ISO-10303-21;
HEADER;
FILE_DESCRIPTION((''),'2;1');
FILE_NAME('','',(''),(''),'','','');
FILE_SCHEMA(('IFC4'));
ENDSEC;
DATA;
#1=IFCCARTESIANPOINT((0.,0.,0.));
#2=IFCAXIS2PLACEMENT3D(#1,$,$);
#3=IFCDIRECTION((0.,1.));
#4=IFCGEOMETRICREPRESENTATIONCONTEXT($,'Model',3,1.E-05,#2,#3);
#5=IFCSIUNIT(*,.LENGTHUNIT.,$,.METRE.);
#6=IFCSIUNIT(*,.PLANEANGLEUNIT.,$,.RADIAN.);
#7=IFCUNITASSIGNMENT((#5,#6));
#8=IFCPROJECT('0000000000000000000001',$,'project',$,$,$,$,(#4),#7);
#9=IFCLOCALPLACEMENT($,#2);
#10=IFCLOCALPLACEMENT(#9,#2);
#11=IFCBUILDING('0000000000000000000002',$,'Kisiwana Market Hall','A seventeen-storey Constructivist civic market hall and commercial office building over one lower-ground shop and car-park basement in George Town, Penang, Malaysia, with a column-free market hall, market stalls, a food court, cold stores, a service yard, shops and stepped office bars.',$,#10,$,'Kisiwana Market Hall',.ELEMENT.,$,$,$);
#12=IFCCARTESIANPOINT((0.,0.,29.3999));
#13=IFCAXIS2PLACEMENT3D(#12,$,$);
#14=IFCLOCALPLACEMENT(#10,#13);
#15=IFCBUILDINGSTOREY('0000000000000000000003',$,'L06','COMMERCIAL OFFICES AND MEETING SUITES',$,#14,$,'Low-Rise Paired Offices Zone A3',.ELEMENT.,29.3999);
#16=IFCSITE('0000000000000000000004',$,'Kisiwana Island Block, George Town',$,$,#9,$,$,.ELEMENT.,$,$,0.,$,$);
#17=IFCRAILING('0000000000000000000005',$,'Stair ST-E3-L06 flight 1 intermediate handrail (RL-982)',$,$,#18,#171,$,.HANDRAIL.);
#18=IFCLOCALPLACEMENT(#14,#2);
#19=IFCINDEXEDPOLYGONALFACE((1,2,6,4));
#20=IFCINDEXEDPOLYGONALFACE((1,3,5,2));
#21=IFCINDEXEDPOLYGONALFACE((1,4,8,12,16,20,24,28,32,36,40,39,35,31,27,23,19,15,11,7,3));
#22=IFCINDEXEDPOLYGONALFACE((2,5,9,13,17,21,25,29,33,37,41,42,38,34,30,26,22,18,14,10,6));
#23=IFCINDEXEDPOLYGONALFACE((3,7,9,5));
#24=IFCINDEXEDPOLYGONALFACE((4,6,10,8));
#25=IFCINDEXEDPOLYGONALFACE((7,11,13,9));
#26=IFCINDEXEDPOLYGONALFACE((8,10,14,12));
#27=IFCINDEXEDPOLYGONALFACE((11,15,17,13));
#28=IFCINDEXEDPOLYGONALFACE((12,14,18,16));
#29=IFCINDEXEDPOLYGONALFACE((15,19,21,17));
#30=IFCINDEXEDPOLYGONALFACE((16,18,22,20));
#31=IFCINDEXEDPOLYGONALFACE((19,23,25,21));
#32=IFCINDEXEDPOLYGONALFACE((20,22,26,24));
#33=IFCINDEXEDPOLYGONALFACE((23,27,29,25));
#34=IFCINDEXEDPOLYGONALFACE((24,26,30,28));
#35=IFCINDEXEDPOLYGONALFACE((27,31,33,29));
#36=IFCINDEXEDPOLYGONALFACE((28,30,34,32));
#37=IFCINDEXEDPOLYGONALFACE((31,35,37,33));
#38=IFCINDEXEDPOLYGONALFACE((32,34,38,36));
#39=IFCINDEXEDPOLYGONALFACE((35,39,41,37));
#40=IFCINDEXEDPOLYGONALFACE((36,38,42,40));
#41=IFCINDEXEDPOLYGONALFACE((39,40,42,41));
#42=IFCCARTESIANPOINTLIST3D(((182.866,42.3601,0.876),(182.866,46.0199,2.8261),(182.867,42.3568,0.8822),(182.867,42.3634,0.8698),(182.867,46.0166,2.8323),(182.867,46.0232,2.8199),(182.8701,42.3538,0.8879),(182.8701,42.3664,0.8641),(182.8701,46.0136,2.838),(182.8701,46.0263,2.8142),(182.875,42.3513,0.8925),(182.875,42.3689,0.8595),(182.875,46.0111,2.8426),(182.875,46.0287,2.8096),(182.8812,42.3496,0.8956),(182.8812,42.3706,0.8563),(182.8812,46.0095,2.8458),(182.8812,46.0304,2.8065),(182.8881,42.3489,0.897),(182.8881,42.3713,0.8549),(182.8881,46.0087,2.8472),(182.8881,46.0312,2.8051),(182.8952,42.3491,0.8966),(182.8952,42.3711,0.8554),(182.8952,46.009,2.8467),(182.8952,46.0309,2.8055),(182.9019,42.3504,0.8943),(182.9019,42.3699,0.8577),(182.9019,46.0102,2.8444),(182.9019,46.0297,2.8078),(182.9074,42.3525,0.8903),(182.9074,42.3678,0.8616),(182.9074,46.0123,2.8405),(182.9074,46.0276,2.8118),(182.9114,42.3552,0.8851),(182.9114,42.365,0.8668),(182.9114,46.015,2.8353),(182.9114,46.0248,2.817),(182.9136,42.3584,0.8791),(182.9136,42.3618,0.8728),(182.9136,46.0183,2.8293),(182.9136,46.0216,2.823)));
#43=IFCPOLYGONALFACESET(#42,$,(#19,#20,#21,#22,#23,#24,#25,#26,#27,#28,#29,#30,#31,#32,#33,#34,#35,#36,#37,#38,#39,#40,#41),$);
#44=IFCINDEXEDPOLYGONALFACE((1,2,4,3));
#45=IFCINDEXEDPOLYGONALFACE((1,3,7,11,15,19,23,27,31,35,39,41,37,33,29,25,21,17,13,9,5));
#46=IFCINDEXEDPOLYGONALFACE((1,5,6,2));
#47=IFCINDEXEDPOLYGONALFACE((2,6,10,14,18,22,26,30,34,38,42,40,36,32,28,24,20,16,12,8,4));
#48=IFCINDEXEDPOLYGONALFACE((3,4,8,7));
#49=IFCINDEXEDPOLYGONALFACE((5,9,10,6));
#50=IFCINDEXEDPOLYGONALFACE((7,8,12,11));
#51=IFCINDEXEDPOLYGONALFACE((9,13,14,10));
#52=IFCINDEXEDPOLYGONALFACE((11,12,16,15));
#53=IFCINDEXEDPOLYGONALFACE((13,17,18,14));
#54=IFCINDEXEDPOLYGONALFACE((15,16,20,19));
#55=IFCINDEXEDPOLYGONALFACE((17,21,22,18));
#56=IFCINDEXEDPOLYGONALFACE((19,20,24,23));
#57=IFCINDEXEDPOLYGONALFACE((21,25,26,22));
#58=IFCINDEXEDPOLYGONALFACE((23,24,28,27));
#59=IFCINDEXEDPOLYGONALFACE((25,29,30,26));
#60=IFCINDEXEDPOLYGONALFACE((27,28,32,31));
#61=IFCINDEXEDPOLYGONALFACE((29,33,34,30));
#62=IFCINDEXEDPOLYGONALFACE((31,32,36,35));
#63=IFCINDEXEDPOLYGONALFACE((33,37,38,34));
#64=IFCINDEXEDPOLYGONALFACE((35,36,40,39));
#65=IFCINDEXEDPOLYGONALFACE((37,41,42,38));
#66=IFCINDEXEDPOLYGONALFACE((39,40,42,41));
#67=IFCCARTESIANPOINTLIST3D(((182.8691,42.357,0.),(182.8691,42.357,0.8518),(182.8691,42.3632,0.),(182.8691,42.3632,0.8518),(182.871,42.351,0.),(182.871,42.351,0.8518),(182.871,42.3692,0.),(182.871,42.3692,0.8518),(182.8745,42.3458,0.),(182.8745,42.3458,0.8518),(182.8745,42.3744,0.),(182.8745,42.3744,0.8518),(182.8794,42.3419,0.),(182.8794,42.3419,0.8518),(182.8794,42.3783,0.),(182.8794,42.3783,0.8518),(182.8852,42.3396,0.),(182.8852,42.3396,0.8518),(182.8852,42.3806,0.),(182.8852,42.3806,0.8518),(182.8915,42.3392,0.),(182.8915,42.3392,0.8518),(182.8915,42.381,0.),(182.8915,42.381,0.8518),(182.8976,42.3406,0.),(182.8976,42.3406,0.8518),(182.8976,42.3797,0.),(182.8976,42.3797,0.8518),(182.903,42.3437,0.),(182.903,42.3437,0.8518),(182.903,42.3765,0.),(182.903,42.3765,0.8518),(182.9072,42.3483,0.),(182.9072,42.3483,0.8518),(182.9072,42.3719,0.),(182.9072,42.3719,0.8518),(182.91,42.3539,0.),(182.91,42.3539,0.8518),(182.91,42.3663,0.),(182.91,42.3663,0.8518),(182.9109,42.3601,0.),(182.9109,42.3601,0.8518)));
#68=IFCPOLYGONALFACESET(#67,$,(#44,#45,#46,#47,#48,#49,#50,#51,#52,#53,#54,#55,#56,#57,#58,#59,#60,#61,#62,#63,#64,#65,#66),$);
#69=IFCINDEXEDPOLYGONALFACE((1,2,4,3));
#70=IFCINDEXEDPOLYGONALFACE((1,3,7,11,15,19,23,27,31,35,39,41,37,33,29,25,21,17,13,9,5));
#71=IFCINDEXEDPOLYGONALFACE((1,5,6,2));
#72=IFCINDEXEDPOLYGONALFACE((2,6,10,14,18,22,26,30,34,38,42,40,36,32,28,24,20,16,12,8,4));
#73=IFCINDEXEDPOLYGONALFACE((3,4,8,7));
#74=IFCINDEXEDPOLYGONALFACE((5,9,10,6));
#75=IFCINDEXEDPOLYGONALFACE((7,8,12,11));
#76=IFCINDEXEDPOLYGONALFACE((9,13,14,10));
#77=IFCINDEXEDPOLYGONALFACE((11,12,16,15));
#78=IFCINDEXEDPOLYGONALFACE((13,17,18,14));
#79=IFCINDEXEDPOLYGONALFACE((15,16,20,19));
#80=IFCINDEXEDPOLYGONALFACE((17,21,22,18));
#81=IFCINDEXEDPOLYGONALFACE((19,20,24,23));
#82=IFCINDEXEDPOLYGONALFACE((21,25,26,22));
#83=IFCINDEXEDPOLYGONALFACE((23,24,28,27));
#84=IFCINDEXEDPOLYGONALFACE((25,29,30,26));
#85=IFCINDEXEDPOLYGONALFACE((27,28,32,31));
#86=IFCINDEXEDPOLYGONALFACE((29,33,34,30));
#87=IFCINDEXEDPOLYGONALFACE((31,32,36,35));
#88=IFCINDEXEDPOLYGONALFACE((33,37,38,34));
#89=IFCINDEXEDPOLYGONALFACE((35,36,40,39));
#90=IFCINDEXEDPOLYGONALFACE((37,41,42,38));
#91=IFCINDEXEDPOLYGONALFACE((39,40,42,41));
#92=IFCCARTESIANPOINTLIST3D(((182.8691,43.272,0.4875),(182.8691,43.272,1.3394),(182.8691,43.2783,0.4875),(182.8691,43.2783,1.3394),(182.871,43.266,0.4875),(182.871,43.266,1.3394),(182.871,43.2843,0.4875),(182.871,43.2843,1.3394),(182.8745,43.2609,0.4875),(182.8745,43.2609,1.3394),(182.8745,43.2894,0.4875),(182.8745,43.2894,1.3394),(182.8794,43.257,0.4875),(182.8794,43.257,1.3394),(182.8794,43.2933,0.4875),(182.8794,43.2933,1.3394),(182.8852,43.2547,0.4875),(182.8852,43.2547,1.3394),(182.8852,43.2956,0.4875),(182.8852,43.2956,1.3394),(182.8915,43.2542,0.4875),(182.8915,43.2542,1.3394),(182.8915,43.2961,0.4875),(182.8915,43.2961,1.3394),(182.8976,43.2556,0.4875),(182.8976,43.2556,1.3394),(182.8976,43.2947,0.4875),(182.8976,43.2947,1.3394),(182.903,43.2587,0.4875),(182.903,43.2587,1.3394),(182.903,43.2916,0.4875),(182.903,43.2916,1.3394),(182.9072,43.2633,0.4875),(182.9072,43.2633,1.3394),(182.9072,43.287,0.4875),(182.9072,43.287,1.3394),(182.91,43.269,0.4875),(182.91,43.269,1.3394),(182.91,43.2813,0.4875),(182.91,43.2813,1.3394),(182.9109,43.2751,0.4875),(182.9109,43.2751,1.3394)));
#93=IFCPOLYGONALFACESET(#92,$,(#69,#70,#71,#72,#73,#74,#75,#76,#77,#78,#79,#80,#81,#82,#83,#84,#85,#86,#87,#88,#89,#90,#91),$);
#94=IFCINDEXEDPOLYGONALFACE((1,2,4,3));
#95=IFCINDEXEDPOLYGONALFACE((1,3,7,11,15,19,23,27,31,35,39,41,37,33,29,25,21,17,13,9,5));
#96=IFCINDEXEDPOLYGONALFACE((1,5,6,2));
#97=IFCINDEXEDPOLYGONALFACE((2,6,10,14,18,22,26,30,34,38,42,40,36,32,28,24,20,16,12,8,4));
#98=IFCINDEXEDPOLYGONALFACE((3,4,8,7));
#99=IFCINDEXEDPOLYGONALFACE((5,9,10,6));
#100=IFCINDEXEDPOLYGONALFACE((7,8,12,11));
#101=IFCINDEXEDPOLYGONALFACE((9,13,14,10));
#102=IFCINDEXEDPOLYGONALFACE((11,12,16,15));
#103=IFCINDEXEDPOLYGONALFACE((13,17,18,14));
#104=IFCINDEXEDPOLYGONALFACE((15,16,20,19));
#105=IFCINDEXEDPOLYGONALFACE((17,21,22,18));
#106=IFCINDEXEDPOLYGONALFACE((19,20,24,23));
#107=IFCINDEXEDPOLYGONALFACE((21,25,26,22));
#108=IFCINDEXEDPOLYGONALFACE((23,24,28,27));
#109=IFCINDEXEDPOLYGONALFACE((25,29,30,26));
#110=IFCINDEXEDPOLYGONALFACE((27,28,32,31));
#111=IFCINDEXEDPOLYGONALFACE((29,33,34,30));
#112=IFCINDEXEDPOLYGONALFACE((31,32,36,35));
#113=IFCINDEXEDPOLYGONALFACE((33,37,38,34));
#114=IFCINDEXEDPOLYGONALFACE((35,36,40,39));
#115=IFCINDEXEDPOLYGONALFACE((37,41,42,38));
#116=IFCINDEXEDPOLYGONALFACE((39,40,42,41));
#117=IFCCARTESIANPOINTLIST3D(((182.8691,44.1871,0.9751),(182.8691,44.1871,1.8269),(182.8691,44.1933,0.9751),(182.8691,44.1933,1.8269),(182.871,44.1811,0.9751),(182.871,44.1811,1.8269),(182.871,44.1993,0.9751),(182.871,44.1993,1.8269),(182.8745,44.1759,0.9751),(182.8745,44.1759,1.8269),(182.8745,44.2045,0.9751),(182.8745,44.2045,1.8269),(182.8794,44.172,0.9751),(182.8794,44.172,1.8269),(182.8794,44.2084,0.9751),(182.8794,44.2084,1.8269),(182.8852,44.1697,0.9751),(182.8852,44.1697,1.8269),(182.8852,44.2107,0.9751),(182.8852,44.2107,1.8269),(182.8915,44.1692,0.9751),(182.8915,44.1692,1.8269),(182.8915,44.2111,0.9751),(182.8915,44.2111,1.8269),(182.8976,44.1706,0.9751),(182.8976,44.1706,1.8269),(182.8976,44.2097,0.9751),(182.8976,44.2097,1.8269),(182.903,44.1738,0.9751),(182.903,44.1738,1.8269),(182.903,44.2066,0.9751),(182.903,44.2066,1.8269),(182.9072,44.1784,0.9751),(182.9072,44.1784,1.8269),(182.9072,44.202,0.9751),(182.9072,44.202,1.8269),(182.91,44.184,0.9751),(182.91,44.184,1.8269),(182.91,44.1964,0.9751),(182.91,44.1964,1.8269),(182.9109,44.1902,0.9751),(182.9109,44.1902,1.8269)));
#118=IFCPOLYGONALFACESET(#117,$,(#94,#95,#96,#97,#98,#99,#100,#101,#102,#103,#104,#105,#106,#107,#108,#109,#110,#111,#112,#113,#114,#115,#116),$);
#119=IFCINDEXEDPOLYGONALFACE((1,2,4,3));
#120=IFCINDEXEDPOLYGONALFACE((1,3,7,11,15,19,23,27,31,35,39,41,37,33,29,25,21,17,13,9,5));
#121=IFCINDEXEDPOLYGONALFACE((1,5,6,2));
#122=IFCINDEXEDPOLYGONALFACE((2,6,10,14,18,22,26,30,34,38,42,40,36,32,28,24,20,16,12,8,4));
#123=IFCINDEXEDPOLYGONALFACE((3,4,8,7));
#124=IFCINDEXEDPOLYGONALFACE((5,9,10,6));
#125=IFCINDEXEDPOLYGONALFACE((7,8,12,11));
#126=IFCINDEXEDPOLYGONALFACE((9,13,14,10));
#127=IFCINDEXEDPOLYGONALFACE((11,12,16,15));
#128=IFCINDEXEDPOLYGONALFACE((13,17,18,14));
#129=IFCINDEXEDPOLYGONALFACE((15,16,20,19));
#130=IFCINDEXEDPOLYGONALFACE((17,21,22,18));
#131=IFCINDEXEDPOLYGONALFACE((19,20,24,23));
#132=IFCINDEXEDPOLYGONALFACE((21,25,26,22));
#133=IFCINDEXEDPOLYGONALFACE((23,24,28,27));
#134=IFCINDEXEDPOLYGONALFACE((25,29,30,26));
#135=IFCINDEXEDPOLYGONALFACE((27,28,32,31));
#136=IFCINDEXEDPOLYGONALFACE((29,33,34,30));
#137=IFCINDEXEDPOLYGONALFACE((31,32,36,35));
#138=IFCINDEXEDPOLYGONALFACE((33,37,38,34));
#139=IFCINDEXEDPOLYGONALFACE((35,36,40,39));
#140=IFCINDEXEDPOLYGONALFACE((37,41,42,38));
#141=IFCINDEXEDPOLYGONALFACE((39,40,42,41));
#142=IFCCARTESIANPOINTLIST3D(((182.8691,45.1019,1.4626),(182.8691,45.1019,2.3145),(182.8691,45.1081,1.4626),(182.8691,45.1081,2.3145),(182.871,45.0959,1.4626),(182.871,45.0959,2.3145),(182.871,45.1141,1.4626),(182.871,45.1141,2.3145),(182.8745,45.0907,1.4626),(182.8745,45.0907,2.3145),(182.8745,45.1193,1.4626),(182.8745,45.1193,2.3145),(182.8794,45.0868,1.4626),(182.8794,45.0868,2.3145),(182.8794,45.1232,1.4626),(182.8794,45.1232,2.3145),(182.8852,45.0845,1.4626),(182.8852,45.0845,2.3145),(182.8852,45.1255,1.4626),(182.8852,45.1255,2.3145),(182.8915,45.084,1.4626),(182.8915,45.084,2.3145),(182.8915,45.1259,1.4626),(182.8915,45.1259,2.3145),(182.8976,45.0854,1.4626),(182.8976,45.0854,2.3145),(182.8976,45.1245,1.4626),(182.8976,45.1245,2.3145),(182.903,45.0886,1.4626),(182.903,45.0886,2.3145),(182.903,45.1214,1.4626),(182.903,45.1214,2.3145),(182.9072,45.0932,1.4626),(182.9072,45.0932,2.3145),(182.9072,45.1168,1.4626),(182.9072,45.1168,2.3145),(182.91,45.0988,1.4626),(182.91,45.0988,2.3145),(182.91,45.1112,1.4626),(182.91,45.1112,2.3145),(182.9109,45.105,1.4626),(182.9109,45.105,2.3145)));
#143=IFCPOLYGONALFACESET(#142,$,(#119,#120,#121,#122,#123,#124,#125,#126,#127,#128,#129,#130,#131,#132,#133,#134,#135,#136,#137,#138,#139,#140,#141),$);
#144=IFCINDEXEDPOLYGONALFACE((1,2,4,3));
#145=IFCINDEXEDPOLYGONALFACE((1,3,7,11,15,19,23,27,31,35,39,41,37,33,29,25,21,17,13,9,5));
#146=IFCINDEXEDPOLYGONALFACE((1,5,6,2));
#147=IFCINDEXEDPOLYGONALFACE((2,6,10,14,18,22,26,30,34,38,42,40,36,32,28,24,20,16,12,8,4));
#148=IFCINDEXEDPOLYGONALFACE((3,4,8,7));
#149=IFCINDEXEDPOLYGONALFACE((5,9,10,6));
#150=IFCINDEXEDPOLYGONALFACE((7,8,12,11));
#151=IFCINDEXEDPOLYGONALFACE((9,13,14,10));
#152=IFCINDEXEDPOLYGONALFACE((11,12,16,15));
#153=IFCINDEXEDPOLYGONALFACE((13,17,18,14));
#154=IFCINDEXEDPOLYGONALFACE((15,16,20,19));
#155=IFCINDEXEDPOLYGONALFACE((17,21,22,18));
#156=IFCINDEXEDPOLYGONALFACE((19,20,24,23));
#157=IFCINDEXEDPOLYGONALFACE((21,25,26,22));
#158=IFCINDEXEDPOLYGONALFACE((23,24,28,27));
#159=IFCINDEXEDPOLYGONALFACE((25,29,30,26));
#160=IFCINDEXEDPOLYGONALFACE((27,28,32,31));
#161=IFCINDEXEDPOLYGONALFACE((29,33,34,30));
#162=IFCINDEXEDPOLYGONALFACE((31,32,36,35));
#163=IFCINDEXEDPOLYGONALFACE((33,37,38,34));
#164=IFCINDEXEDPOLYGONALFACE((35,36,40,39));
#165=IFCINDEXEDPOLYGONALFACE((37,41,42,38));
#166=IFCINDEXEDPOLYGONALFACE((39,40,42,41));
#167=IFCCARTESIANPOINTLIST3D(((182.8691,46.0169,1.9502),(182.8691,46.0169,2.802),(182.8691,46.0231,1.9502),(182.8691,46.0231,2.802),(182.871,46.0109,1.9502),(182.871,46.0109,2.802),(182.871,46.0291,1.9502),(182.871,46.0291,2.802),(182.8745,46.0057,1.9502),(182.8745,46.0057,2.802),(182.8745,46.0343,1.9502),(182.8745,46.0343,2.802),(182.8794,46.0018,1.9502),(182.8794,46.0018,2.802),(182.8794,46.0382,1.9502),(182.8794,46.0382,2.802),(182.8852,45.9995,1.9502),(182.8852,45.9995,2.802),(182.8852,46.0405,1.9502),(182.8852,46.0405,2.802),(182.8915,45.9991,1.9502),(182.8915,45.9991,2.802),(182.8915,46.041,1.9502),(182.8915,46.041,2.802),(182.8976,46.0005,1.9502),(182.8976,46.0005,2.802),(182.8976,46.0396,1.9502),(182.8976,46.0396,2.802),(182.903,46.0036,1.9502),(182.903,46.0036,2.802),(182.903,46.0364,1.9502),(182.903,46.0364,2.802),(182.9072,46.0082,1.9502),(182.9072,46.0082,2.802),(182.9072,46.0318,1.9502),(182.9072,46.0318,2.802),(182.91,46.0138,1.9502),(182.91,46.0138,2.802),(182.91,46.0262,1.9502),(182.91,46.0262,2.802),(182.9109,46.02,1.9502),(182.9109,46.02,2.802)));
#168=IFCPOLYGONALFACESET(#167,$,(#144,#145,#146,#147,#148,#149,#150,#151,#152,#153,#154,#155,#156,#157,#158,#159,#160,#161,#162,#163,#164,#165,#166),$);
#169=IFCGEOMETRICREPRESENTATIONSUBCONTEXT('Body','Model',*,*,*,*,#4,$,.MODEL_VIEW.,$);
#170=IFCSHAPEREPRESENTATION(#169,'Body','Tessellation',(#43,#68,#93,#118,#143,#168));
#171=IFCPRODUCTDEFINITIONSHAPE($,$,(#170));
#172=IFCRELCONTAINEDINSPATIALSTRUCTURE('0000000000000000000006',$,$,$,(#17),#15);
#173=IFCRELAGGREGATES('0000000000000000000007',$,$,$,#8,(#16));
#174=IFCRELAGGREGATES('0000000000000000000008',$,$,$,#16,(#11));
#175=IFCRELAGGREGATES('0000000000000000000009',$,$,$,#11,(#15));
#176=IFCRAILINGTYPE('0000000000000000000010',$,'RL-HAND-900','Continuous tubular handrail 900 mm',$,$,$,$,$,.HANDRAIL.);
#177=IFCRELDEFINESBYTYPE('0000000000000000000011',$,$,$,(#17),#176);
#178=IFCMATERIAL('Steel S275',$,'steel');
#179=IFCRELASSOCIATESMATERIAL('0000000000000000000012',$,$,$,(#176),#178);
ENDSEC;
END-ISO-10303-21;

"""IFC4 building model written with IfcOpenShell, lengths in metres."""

from ifc_helpers import new_model, si_unit, direction, frame, origin, origin_2d, place, context, subcontext, project, spatial, circle, extrude, material, type_object, element, save


model = new_model("IFC4")

# Units and contexts
model_context = context("Model", 3, precision=1e-05, world=origin(), true_north=direction((0.0, 1.0)))
body_context = subcontext(model_context, "Body", "Model", "MODEL_VIEW")
ifc_project = project(units=[si_unit("LENGTHUNIT", "METRE"), si_unit("PLANEANGLEUNIT", "RADIAN")], contexts=[model_context])

# Site, building, storey
site_placement = place(None, origin())
site = spatial("IfcSite", under=ifc_project, at=site_placement, Name="Kisiwana Island Block, George Town", CompositionType="ELEMENT", RefElevation=0.0)
building_placement = place(site_placement, origin())
building = spatial("IfcBuilding", under=site, at=building_placement, Name="Kisiwana Market Hall", Description="A seventeen-storey Constructivist civic market hall and commercial office building over one lower-ground shop and car-park basement in George Town, Penang, Malaysia, with a column-free market hall, market stalls, a food court, cold stores, a service yard, shops and stepped office bars.", LongName="Kisiwana Market Hall", CompositionType="ELEMENT")
storey_placement = place(building_placement, frame((0.0, 0.0, 29.3999)))
storey = spatial("IfcBuildingStorey", under=building, at=storey_placement, Name="L06", Description="COMMERCIAL OFFICES AND MEETING SUITES", LongName="Low-Rise Paired Offices Zone A3", CompositionType="ELEMENT", Elevation=29.3999)

# Railing
ifc_material_1 = material(Name="Steel S275", Category="steel")
railing_type_1 = type_object("IfcRailingType", Name="RL-HAND-900", Description="Continuous tubular handrail 900 mm", PredefinedType="HANDRAIL", material=ifc_material_1)
railing_1_placement = place(storey_placement, frame((182.8899, 42.3601, 0.0)))
element("IfcRailing", 1, at=railing_1_placement, inside=storey, type_object=railing_type_1, Name="Stair ST-E3-L06 flight 1 intermediate handrail (RL-982)", PredefinedType="HANDRAIL", context=body_context, shape_type="SweptSolid", body=[
    extrude(circle(Radius=0.0239, at=origin_2d()), frame((0.0, 0.0, 0.876), z_axis=(0.0, 0.882529, 0.470258), x_axis=(-1.0, 0.0, 0.0)), (0.0, 0.0, 1.0), 4.147),
    extrude(circle(Radius=0.021, at=origin_2d()), origin(), (0.0, 0.0, 1.0), 0.8518),
    extrude(circle(Radius=0.021, at=origin_2d()), frame((0.0, 0.915, 0.4875)), (0.0, 0.0, 1.0), 0.8518),
    extrude(circle(Radius=0.021, at=origin_2d()), frame((0.0, 1.8301, 0.9751)), (0.0, 0.0, 1.0), 0.8518),
    extrude(circle(Radius=0.021, at=origin_2d()), frame((0.0, 2.7449, 1.4626)), (0.0, 0.0, 1.0), 0.8518),
    extrude(circle(Radius=0.021, at=origin_2d()), frame((0.0, 3.6599, 1.9502)), (0.0, 0.0, 1.0), 0.8518),
])

save(model, "model.ifc")
